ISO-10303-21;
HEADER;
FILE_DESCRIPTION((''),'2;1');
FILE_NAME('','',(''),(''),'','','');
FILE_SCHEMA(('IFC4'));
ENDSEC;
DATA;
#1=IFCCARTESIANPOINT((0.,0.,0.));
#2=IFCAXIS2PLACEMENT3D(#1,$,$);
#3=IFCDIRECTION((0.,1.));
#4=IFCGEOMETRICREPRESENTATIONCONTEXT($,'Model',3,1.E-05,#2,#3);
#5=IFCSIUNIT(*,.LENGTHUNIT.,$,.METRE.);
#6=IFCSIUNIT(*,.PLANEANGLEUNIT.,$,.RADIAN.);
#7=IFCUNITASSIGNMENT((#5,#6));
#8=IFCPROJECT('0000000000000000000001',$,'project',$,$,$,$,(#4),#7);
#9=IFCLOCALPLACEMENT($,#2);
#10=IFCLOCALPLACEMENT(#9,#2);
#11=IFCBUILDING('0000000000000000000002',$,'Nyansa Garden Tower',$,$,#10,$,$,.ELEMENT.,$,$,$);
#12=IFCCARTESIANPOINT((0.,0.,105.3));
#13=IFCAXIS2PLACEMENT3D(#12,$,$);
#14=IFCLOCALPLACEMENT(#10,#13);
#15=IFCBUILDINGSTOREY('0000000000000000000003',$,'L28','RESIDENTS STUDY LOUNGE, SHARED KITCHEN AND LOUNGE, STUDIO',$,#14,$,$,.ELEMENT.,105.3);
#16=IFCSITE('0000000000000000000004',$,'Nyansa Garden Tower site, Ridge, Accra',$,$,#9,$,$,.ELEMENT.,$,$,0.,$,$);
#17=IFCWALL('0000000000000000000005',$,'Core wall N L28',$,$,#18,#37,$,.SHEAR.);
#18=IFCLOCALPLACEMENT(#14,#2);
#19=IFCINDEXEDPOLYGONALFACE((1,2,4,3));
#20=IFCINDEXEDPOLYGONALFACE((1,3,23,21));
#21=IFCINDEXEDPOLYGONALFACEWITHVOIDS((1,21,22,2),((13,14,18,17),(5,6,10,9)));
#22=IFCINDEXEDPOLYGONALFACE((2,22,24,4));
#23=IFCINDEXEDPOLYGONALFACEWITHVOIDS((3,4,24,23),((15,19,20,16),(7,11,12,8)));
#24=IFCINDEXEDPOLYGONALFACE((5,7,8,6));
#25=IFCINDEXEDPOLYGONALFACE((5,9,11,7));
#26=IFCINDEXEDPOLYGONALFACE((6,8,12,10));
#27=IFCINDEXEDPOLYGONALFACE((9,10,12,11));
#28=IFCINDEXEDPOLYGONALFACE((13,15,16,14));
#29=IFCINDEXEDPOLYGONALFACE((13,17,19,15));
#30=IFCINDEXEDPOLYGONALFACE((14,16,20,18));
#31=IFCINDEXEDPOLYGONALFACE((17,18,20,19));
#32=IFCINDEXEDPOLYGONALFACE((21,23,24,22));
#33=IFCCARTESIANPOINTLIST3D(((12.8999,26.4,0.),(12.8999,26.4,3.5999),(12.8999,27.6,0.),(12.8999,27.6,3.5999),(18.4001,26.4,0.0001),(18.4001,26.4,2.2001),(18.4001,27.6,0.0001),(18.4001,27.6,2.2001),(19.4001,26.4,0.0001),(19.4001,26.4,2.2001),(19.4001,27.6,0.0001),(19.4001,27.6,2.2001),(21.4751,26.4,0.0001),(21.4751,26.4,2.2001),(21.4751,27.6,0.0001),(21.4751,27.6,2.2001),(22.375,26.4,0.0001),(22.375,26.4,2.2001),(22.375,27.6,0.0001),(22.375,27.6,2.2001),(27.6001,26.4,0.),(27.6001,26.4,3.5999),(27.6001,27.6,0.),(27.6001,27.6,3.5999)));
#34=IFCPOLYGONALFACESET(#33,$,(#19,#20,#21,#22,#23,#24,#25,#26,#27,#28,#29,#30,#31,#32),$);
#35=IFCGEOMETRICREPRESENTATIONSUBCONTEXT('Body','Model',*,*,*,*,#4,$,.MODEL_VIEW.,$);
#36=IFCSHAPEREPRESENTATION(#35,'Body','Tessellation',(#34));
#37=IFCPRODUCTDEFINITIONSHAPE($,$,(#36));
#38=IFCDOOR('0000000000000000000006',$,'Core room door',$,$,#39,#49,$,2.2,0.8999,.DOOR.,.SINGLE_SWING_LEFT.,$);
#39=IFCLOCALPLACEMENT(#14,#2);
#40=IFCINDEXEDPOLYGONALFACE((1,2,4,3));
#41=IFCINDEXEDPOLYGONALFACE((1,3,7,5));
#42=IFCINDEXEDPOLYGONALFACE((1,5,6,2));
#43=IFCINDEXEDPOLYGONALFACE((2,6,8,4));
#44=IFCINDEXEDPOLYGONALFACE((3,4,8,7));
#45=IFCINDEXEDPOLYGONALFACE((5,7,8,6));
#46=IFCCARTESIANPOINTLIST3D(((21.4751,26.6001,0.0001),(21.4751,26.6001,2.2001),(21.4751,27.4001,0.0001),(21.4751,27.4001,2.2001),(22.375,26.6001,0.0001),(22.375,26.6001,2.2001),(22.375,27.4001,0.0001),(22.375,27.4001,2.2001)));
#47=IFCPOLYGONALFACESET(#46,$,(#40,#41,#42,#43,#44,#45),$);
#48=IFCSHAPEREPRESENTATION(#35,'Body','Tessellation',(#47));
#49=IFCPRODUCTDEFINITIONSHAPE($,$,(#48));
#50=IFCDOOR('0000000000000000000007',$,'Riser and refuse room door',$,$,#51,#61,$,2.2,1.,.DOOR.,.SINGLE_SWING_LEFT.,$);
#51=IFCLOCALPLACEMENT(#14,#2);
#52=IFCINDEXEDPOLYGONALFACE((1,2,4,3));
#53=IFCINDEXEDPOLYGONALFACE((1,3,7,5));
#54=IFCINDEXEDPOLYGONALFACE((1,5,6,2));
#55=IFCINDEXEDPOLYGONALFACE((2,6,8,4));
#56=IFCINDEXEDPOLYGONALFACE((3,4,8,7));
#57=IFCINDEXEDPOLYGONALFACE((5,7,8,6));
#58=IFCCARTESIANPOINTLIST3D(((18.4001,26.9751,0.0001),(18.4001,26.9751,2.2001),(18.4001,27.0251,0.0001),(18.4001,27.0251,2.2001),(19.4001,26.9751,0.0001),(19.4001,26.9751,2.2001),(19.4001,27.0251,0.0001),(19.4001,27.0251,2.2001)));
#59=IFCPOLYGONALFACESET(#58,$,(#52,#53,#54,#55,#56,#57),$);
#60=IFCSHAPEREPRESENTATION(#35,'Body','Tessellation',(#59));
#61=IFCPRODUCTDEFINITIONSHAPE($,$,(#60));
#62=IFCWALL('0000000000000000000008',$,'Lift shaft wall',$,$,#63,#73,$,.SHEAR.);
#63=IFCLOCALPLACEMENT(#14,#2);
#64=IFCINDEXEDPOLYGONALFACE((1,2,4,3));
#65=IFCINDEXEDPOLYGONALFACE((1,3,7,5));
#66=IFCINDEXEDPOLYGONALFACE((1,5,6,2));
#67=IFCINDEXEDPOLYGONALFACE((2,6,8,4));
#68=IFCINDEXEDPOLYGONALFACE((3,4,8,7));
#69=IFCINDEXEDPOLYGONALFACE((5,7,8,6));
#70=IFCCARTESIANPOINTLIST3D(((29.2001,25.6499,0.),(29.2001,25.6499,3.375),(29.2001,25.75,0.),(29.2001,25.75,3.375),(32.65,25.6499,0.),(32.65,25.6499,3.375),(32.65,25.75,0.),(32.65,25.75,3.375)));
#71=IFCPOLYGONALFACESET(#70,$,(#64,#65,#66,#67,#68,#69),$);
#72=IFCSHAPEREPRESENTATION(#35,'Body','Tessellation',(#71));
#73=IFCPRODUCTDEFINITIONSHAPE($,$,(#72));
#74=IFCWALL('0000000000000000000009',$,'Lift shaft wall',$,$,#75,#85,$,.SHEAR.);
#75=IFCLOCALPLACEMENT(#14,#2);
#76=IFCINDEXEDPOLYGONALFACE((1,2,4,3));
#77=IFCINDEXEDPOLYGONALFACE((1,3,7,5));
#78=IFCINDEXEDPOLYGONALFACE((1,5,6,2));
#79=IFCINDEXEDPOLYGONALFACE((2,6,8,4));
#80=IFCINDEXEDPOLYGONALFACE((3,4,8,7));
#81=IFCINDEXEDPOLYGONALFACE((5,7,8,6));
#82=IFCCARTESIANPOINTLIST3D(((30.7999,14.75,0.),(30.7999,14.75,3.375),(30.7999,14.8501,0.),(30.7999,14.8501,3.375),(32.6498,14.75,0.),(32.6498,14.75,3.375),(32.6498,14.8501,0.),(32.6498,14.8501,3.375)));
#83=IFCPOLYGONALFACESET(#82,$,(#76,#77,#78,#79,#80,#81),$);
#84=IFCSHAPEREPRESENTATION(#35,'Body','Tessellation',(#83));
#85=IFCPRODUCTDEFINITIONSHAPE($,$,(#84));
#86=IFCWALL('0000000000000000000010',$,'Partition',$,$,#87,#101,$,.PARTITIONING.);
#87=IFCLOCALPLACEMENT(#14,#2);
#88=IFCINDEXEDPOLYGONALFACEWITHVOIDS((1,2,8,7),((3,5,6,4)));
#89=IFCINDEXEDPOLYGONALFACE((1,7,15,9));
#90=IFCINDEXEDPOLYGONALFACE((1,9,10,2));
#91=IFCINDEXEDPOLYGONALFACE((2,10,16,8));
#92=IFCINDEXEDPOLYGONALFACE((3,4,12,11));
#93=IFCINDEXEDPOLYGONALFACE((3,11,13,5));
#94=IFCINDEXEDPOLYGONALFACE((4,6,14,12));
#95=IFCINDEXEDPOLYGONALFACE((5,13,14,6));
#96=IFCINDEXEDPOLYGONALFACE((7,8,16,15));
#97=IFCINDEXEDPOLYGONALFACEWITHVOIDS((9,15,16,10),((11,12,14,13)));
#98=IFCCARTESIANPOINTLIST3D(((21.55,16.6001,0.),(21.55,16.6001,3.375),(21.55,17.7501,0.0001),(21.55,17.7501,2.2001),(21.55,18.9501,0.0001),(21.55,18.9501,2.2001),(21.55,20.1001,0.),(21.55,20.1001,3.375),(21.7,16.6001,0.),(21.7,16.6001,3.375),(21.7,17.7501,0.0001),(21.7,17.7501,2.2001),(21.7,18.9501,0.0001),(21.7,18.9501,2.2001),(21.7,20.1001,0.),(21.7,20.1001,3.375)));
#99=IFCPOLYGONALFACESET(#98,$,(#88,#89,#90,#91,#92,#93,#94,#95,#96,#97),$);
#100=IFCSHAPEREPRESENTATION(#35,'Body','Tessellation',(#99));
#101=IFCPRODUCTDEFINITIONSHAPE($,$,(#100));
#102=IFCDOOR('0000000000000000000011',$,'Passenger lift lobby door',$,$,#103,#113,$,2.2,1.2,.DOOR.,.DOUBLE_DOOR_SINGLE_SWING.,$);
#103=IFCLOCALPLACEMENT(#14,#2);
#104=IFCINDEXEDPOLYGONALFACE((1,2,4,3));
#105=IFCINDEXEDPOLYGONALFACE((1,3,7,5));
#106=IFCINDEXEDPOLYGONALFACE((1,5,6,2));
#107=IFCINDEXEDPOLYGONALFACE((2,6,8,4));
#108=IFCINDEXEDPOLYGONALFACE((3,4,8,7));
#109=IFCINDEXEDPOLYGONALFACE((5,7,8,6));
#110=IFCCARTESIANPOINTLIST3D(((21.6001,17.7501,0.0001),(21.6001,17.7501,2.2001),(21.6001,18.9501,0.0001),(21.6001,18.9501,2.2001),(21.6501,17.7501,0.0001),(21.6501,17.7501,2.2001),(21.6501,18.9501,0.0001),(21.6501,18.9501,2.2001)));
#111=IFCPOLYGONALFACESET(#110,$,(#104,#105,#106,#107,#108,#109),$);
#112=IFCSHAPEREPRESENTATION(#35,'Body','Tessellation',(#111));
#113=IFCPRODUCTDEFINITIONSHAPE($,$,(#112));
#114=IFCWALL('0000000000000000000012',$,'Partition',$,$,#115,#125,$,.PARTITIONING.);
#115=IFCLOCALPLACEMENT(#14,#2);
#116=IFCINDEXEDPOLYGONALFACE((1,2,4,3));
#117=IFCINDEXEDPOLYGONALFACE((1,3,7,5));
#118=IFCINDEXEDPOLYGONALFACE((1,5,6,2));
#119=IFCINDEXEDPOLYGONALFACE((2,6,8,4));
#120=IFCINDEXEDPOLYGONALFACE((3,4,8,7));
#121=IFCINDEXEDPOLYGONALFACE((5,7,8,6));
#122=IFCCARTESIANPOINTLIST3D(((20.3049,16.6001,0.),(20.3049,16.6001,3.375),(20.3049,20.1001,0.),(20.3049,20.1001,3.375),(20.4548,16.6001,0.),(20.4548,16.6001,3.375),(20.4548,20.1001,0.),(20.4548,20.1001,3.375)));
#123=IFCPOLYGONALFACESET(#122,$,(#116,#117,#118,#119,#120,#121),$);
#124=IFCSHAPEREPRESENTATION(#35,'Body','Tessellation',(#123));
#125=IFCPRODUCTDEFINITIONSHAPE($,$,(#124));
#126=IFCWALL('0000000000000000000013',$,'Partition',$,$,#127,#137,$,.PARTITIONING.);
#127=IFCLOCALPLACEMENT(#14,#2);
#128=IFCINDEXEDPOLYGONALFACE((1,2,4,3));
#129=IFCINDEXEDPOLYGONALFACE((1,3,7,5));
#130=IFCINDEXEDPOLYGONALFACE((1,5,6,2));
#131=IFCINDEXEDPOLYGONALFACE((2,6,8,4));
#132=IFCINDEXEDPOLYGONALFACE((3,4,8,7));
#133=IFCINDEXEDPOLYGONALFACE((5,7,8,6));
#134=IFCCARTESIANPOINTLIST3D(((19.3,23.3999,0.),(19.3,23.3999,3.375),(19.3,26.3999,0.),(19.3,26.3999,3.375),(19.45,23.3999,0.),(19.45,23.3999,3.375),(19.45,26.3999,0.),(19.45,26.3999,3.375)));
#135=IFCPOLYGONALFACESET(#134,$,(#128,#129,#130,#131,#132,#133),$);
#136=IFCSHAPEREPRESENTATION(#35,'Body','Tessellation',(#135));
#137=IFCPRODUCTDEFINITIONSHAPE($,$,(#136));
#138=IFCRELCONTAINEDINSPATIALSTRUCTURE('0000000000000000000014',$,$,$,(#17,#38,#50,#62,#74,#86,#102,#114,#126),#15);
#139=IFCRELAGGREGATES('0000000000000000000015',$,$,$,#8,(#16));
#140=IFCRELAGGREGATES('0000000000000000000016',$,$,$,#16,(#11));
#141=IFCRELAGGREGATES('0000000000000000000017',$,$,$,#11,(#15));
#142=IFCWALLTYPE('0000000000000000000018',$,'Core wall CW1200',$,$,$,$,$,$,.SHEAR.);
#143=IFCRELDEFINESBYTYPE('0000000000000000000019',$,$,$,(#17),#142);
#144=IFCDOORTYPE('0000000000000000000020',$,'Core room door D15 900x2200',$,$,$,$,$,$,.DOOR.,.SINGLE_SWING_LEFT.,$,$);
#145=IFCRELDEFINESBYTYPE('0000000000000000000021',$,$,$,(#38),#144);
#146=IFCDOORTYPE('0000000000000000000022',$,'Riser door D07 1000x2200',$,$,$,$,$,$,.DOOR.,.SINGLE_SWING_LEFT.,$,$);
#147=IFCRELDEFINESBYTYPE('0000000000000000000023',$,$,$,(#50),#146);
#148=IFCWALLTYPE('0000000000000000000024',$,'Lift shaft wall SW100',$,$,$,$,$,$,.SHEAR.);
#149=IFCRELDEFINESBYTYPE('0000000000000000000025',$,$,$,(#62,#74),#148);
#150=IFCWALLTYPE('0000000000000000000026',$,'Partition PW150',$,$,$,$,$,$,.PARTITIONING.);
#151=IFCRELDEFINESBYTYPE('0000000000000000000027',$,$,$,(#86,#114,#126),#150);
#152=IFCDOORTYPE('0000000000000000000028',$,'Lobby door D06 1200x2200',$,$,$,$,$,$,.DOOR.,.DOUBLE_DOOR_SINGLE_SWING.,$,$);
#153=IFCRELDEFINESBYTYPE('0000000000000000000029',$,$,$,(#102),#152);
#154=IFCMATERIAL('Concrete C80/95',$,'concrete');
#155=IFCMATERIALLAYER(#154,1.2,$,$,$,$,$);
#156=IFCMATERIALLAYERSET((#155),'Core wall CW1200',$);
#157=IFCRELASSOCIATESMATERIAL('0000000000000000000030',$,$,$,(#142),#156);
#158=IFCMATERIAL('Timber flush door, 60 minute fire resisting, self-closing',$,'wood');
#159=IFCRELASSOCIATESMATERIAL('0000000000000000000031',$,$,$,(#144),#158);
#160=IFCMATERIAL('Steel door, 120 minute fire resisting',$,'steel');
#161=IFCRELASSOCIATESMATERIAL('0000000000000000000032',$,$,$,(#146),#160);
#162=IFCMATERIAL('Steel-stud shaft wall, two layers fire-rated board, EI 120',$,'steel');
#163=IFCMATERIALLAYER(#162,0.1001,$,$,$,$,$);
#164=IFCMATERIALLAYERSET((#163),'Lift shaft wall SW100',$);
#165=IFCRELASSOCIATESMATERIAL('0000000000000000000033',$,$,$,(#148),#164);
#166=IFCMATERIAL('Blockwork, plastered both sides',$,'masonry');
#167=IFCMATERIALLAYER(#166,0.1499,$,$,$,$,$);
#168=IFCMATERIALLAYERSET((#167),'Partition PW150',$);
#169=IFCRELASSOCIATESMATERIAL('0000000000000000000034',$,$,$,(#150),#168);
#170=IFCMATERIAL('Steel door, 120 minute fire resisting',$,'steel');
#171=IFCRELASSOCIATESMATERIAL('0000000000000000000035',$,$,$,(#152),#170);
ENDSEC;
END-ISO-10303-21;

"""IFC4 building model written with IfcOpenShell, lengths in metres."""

from ifc_helpers import new_model, si_unit, direction, frame, frame_2d, origin, place, context, subcontext, project, spatial, rectangle, extrude, material, layer, layer_set, type_object, element, fill, save


model = new_model("IFC4")

# Units and contexts
model_context = context("Model", 3, precision=1e-05, world=origin(), true_north=direction((0.0, 1.0)))
body_context = subcontext(model_context, "Body", "Model", "MODEL_VIEW")
ifc_project = project(units=[si_unit("LENGTHUNIT", "METRE"), si_unit("PLANEANGLEUNIT", "RADIAN")], contexts=[model_context])

# Site, building, storey
site_placement = place(None, origin())
site = spatial("IfcSite", under=ifc_project, at=site_placement, Name="Nyansa Garden Tower site, Ridge, Accra", CompositionType="ELEMENT", RefElevation=0.0)
building_placement = place(site_placement, origin())
building = spatial("IfcBuilding", under=site, at=building_placement, Name="Nyansa Garden Tower", CompositionType="ELEMENT")
storey_placement = place(building_placement, frame((0.0, 0.0, 105.3)))
storey = spatial("IfcBuildingStorey", under=building, at=storey_placement, Name="L28", Description="RESIDENTS STUDY LOUNGE, SHARED KITCHEN AND LOUNGE, STUDIO", CompositionType="ELEMENT", Elevation=105.3)

# Wall, openings, doors
ifc_material_1 = material(Name="Concrete C80/95", Category="concrete")
ifc_layer_1 = layer(ifc_material_1, 1.2)
ifc_layer_set_1 = layer_set([ifc_layer_1], Name="Core wall CW1200")
wall_type_1 = type_object("IfcWallType", Name="Core wall CW1200", PredefinedType="SHEAR", material=ifc_layer_set_1)
wall_1_placement = place(storey_placement, frame((27.6001, 27.0, 0.0), z_axis=(0.0, 0.0, 1.0), x_axis=(-1.0, 0.0, 0.0)))
wall_1 = element("IfcWall", 1, at=wall_1_placement, inside=storey, type_object=wall_type_1, Name="Core wall N L28", PredefinedType="SHEAR", context=body_context, shape_type="SweptSolid", body=[
    extrude(rectangle(XDim=14.7002, YDim=1.2, at=frame_2d((7.3501, 0.0))), origin(), (0.0, 0.0, 1.0), 3.5999),
])
opening_1_placement = place(wall_1_placement, frame((5.2251, 0.0, 0.0)))
opening_1 = element("IfcOpeningElement", 2, at=opening_1_placement, cuts=wall_1, PredefinedType="OPENING", context=body_context, shape_type="SweptSolid", body=[
    extrude(rectangle(XDim=0.8999, YDim=2.2, at=frame_2d((0.45, 1.1001))), frame((0.0, 0.6099, 0.0), z_axis=(0.0, -1.0, 0.0), x_axis=(1.0, 0.0, 0.0)), (0.0, 0.0, 1.0), 1.22),
])
opening_2_placement = place(wall_1_placement, frame((8.2, 0.0, 0.0)))
opening_2 = element("IfcOpeningElement", 3, at=opening_2_placement, cuts=wall_1, PredefinedType="OPENING", context=body_context, shape_type="SweptSolid", body=[
    extrude(rectangle(XDim=1.0, YDim=2.2, at=frame_2d((0.5, 1.1001))), frame((0.0, 0.6099, 0.0), z_axis=(0.0, -1.0, 0.0), x_axis=(1.0, 0.0, 0.0)), (0.0, 0.0, 1.0), 1.22),
])
ifc_material_2 = material(Name="Timber flush door, 60 minute fire resisting, self-closing", Category="wood")
door_type_1 = type_object("IfcDoorType", Name="Core room door D15 900x2200", OperationType="SINGLE_SWING_LEFT", PredefinedType="DOOR", material=ifc_material_2)
door_1_placement = place(opening_1_placement, origin())
door_1 = element("IfcDoor", 4, at=door_1_placement, inside=storey, type_object=door_type_1, Name="Core room door", OperationType="SINGLE_SWING_LEFT", OverallHeight=2.2, OverallWidth=0.8999, PredefinedType="DOOR", context=body_context, shape_type="SweptSolid", body=[
    extrude(rectangle(XDim=0.8999, YDim=2.2, at=frame_2d((0.45, 1.1001))), frame((0.0, 0.3999, 0.0), z_axis=(0.0, -1.0, 0.0), x_axis=(1.0, 0.0, 0.0)), (0.0, 0.0, 1.0), 0.8),
])
fill(opening_1, door_1)
ifc_material_3 = material(Name="Steel door, 120 minute fire resisting", Category="steel")
door_type_2 = type_object("IfcDoorType", Name="Riser door D07 1000x2200", OperationType="SINGLE_SWING_LEFT", PredefinedType="DOOR", material=ifc_material_3)
door_2_placement = place(opening_2_placement, origin())
door_2 = element("IfcDoor", 5, at=door_2_placement, inside=storey, type_object=door_type_2, Name="Riser and refuse room door", OperationType="SINGLE_SWING_LEFT", OverallHeight=2.2, OverallWidth=1.0, PredefinedType="DOOR", context=body_context, shape_type="SweptSolid", body=[
    extrude(rectangle(XDim=1.0, YDim=2.2, at=frame_2d((0.5, 1.1001))), frame((0.0, 0.0249, 0.0), z_axis=(0.0, -1.0, 0.0), x_axis=(1.0, 0.0, 0.0)), (0.0, 0.0, 1.0), 0.05),
])
fill(opening_2, door_2)

# Walls
ifc_material_4 = material(Name="Steel-stud shaft wall, two layers fire-rated board, EI 120", Category="steel")
ifc_layer_2 = layer(ifc_material_4, 0.1001)
ifc_layer_set_2 = layer_set([ifc_layer_2], Name="Lift shaft wall SW100")
wall_type_2 = type_object("IfcWallType", Name="Lift shaft wall SW100", PredefinedType="SHEAR", material=ifc_layer_set_2)
wall_2_placement = place(storey_placement, frame((29.2, 25.7, 0.0), z_axis=(0.0, 0.0, 1.0), x_axis=(1.0, 0.0, 0.0)))
element("IfcWall", 6, at=wall_2_placement, inside=storey, type_object=wall_type_2, Name="Lift shaft wall", PredefinedType="SHEAR", context=body_context, shape_type="SweptSolid", body=[
    extrude(rectangle(XDim=3.45, YDim=0.1001, at=frame_2d((1.7251, 0.0))), origin(), (0.0, 0.0, 1.0), 3.375),
])
wall_3_placement = place(storey_placement, frame((30.8, 14.8, 0.0), z_axis=(0.0, 0.0, 1.0), x_axis=(1.0, 0.0, 0.0)))
element("IfcWall", 7, at=wall_3_placement, inside=storey, type_object=wall_type_2, Name="Lift shaft wall", PredefinedType="SHEAR", context=body_context, shape_type="SweptSolid", body=[
    extrude(rectangle(XDim=1.8499, YDim=0.1001, at=frame_2d((0.9248, 0.0))), origin(), (0.0, 0.0, 1.0), 3.375),
])

# Wall, opening, door
ifc_material_5 = material(Name="Blockwork, plastered both sides", Category="masonry")
ifc_layer_3 = layer(ifc_material_5, 0.1499)
ifc_layer_set_3 = layer_set([ifc_layer_3], Name="Partition PW150")
wall_type_3 = type_object("IfcWallType", Name="Partition PW150", PredefinedType="PARTITIONING", material=ifc_layer_set_3)
wall_4_placement = place(storey_placement, frame((21.625, 16.6001, 0.0), z_axis=(0.0, 0.0, 1.0), x_axis=(0.0, 1.0, 0.0)))
wall_4 = element("IfcWall", 8, at=wall_4_placement, inside=storey, type_object=wall_type_3, Name="Partition", PredefinedType="PARTITIONING", context=body_context, shape_type="SweptSolid", body=[
    extrude(rectangle(XDim=3.5, YDim=0.1499, at=frame_2d((1.75, 0.0))), origin(), (0.0, 0.0, 1.0), 3.375),
])
opening_3_placement = place(wall_4_placement, frame((1.1499, 0.0, 0.0)))
opening_3 = element("IfcOpeningElement", 9, at=opening_3_placement, cuts=wall_4, PredefinedType="OPENING", context=body_context, shape_type="SweptSolid", body=[
    extrude(rectangle(XDim=1.2, YDim=2.2, at=frame_2d((0.6001, 1.1001))), frame((0.0, 0.085, 0.0), z_axis=(0.0, -1.0, 0.0), x_axis=(1.0, 0.0, 0.0)), (0.0, 0.0, 1.0), 0.1699),
])
ifc_material_6 = material(Name="Steel door, 120 minute fire resisting", Category="steel")
door_type_3 = type_object("IfcDoorType", Name="Lobby door D06 1200x2200", OperationType="DOUBLE_DOOR_SINGLE_SWING", PredefinedType="DOOR", material=ifc_material_6)
door_3_placement = place(opening_3_placement, origin())
door_3 = element("IfcDoor", 10, at=door_3_placement, inside=storey, type_object=door_type_3, Name="Passenger lift lobby door", OperationType="DOUBLE_DOOR_SINGLE_SWING", OverallHeight=2.2, OverallWidth=1.2, PredefinedType="DOOR", context=body_context, shape_type="SweptSolid", body=[
    extrude(rectangle(XDim=1.2, YDim=2.2, at=frame_2d((0.6001, 1.1001))), frame((0.0, 0.0249, 0.0), z_axis=(0.0, -1.0, 0.0), x_axis=(1.0, 0.0, 0.0)), (0.0, 0.0, 1.0), 0.05),
])
fill(opening_3, door_3)

# Walls
wall_5_placement = place(storey_placement, frame((20.3799, 16.6001, 0.0), z_axis=(0.0, 0.0, 1.0), x_axis=(0.0, 1.0, 0.0)))
element("IfcWall", 11, at=wall_5_placement, inside=storey, type_object=wall_type_3, Name="Partition", PredefinedType="PARTITIONING", context=body_context, shape_type="SweptSolid", body=[
    extrude(rectangle(XDim=3.5, YDim=0.1499, at=frame_2d((1.75, 0.0))), origin(), (0.0, 0.0, 1.0), 3.375),
])
wall_6_placement = place(storey_placement, frame((19.375, 23.3999, 0.0), z_axis=(0.0, 0.0, 1.0), x_axis=(0.0, 1.0, 0.0)))
element("IfcWall", 12, at=wall_6_placement, inside=storey, type_object=wall_type_3, Name="Partition", PredefinedType="PARTITIONING", context=body_context, shape_type="SweptSolid", body=[
    extrude(rectangle(XDim=3.0, YDim=0.1499, at=frame_2d((1.5, 0.0))), origin(), (0.0, 0.0, 1.0), 3.375),
])

save(model, "model.ifc")
